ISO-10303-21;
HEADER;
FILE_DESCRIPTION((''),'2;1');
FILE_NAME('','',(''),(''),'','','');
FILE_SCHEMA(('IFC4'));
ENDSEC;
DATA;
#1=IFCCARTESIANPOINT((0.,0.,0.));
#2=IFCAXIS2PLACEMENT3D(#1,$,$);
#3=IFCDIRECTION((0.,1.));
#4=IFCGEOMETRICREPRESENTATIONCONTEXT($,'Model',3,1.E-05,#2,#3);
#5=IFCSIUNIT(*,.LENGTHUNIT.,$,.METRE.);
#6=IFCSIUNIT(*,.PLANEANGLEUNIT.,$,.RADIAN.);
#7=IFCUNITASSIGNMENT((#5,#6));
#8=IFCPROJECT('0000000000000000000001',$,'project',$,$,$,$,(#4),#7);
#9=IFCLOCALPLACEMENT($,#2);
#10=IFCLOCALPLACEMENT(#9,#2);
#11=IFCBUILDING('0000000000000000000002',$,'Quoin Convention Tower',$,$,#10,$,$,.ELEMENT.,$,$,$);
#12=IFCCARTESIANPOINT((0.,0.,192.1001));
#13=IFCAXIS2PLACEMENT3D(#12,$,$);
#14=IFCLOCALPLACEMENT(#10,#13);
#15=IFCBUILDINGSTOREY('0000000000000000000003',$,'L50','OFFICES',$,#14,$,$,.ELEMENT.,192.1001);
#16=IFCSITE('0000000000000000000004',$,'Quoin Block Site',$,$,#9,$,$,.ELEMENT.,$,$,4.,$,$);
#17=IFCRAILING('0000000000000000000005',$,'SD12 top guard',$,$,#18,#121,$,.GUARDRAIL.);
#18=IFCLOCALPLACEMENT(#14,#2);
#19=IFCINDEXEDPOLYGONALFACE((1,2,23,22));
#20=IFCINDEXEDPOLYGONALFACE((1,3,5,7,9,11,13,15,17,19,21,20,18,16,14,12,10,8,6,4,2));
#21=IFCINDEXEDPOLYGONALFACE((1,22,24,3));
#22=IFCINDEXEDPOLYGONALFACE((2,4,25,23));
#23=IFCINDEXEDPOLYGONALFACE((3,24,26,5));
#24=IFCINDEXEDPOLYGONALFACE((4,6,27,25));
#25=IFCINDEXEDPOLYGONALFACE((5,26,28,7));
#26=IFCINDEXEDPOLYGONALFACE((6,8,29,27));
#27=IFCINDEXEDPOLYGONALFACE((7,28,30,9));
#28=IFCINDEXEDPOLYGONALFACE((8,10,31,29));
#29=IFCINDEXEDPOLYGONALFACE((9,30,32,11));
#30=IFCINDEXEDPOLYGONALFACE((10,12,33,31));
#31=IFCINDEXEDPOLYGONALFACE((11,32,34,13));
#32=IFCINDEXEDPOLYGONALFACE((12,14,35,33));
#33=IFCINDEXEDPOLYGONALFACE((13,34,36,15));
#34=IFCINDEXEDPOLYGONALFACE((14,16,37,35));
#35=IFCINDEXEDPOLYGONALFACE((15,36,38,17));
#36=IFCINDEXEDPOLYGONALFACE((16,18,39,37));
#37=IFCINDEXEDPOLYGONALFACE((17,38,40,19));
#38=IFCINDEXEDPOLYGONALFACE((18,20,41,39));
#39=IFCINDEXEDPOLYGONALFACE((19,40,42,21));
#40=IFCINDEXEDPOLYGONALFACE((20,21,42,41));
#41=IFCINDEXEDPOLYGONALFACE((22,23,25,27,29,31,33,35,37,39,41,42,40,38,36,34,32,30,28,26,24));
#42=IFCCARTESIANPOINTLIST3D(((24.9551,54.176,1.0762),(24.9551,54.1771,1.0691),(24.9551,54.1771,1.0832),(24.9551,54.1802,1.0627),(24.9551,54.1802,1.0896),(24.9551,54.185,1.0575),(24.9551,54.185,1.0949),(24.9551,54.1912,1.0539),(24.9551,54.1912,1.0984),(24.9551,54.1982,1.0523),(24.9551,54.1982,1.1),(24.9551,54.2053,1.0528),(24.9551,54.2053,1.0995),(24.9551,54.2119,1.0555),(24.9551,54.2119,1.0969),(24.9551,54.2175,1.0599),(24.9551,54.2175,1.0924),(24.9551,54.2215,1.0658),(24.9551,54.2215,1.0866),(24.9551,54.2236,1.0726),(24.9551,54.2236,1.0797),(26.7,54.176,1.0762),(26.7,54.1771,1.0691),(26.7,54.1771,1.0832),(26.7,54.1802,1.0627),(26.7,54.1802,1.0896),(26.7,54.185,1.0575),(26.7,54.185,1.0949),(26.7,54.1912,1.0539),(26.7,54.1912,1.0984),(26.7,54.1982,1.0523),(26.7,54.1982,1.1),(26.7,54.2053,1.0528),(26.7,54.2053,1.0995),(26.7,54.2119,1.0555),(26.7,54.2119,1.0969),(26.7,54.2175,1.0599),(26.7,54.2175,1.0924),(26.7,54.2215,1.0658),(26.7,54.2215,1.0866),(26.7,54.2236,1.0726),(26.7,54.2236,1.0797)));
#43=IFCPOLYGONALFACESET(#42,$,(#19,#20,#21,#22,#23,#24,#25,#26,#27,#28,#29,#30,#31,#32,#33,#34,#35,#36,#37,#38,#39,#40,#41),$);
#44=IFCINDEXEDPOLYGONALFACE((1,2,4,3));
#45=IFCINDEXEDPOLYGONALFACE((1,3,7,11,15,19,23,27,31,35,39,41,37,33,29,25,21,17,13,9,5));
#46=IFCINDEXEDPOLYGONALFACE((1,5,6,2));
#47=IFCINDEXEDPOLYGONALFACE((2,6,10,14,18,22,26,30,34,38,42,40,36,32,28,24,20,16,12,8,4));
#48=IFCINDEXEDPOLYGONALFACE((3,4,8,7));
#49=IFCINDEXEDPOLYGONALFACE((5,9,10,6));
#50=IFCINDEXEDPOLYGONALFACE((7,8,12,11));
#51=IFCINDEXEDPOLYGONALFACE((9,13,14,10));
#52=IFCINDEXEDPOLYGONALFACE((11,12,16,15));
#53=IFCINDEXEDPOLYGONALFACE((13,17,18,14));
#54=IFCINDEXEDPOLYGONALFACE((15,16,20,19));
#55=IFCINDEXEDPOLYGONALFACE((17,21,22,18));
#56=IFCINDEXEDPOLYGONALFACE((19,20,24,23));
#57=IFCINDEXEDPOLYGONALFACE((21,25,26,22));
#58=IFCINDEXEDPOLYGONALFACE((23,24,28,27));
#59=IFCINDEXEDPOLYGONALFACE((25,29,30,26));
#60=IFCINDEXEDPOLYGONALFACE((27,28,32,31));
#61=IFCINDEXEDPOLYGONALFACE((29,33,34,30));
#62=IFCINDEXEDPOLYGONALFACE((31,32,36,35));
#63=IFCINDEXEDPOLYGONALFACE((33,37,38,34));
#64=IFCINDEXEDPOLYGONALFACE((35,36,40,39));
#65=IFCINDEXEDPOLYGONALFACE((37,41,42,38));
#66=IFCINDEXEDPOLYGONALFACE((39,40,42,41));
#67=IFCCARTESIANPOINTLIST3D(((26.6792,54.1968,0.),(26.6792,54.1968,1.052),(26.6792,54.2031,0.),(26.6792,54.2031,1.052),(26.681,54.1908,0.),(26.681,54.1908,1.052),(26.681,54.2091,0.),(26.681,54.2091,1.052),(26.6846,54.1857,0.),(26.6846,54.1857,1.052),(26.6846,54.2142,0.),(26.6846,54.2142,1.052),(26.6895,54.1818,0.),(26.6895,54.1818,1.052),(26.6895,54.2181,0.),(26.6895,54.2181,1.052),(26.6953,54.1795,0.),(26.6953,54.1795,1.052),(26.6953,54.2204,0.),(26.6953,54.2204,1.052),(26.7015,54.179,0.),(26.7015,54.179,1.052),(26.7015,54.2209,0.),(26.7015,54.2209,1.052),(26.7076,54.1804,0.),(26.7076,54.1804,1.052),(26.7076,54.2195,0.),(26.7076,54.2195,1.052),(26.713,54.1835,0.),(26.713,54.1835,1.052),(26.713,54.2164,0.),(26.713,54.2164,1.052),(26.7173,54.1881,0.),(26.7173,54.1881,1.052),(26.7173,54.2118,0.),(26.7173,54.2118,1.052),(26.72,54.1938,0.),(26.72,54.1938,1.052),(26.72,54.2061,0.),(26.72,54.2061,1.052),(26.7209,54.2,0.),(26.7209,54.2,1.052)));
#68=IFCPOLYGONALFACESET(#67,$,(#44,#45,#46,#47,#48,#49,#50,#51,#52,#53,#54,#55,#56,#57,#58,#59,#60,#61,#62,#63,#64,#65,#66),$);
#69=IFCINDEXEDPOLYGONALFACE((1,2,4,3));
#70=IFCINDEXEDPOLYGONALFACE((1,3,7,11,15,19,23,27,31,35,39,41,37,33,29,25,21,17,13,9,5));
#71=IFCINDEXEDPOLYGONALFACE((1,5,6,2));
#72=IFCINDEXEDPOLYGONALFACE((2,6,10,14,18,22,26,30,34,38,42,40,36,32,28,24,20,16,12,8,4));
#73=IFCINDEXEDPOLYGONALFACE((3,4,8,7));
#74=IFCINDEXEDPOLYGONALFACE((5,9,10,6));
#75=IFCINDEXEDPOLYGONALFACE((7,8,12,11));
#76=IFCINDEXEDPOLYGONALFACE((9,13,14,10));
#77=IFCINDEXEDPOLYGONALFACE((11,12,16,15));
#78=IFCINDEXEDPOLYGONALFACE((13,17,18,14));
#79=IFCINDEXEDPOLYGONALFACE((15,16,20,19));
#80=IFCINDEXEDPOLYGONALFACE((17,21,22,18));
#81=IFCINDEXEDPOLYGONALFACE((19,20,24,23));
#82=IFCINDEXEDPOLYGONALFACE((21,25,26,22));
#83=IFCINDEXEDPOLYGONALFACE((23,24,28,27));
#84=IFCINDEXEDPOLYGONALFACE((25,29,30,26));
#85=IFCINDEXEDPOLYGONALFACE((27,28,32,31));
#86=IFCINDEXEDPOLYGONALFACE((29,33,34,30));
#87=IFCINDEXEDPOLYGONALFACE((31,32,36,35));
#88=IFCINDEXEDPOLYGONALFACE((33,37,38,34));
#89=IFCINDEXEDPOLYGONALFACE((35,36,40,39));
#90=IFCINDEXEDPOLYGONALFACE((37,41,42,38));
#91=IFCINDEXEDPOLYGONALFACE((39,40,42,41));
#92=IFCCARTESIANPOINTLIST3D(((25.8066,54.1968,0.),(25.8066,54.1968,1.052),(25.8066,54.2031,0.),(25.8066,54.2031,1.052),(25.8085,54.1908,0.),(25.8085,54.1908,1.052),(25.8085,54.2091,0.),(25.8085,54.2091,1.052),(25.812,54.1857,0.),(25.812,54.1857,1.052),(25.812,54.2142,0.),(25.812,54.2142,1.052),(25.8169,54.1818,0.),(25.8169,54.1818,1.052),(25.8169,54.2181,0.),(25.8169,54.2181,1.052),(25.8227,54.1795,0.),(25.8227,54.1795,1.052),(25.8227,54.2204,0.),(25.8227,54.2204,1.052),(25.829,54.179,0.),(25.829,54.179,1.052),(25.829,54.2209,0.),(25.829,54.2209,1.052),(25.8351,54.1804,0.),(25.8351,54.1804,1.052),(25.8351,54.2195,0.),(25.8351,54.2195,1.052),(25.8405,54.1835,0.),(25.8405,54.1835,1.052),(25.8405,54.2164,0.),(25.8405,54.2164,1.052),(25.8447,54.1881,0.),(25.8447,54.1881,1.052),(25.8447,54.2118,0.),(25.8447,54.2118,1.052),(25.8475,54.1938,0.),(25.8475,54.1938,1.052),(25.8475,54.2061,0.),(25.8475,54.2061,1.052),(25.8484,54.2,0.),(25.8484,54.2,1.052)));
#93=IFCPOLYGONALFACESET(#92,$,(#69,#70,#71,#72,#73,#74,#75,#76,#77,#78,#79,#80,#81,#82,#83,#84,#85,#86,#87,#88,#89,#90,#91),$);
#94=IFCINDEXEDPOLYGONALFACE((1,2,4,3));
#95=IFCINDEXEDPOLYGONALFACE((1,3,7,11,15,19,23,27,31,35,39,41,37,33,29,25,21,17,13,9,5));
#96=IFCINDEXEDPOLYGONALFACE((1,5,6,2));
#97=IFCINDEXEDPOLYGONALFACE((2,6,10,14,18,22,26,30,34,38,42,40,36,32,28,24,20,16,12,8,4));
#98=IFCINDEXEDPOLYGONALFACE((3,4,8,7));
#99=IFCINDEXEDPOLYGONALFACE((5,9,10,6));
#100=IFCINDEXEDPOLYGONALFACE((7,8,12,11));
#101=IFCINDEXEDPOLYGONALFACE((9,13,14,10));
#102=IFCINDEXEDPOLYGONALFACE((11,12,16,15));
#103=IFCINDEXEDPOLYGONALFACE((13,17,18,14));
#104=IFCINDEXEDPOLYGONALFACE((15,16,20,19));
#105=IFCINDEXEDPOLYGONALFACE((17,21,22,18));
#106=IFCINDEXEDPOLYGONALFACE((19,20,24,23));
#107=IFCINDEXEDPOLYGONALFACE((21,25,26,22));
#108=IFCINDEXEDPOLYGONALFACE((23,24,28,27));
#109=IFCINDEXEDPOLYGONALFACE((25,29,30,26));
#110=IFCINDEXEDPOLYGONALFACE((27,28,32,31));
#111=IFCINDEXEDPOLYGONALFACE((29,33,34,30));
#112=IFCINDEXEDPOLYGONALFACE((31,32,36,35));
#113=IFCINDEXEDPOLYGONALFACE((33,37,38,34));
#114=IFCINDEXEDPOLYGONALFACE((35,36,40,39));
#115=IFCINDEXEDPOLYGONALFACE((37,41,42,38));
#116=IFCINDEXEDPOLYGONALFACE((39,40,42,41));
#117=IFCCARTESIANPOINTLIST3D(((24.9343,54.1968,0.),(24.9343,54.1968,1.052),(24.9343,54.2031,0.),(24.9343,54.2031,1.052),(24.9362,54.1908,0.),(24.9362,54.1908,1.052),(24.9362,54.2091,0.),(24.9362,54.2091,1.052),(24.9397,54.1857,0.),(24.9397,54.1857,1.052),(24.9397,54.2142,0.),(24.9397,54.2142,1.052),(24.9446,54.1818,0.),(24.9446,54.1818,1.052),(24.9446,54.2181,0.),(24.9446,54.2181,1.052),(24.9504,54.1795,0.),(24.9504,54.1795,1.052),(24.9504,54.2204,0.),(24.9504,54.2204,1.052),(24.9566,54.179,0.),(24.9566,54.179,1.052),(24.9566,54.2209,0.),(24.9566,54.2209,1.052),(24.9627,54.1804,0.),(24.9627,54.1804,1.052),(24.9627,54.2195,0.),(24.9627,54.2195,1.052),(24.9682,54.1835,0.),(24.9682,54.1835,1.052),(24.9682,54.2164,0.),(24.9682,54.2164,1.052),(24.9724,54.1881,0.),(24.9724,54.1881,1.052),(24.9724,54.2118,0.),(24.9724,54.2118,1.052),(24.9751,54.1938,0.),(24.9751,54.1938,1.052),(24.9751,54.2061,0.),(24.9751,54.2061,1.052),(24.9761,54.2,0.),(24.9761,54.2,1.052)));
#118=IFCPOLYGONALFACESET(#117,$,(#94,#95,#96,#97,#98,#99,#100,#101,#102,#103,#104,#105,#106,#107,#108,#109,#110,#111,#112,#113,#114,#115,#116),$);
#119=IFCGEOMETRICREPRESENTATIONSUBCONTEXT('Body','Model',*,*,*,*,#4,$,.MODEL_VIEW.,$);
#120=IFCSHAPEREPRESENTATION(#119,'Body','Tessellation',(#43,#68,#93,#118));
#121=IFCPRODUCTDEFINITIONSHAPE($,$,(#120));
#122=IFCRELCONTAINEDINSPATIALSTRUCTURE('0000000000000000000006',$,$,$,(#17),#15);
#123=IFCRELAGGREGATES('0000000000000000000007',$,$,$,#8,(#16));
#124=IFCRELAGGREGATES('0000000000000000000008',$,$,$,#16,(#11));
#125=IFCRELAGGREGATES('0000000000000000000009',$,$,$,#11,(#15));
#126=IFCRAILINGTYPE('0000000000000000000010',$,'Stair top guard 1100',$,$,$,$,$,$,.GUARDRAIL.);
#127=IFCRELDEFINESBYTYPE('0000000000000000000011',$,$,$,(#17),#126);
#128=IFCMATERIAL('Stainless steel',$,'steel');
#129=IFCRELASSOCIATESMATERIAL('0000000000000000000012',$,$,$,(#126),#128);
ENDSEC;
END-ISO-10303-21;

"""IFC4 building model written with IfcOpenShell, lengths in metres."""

from ifc_helpers import new_model, si_unit, direction, frame, origin, origin_2d, place, context, subcontext, project, spatial, circle, extrude, material, type_object, element, save


model = new_model("IFC4")

# Units and contexts
model_context = context("Model", 3, precision=1e-05, world=origin(), true_north=direction((0.0, 1.0)))
body_context = subcontext(model_context, "Body", "Model", "MODEL_VIEW")
ifc_project = project(units=[si_unit("LENGTHUNIT", "METRE"), si_unit("PLANEANGLEUNIT", "RADIAN")], contexts=[model_context])

# Site, building, storey
site_placement = place(None, origin())
site = spatial("IfcSite", under=ifc_project, at=site_placement, Name="Quoin Block Site", CompositionType="ELEMENT", RefElevation=4.0)
building_placement = place(site_placement, origin())
building = spatial("IfcBuilding", under=site, at=building_placement, Name="Quoin Convention Tower", CompositionType="ELEMENT")
storey_placement = place(building_placement, frame((0.0, 0.0, 192.1001)))
storey = spatial("IfcBuildingStorey", under=building, at=storey_placement, Name="L50", Description="OFFICES", CompositionType="ELEMENT", Elevation=192.1001)

# Railing
ifc_material_1 = material(Name="Stainless steel", Category="steel")
railing_type_1 = type_object("IfcRailingType", Name="Stair top guard 1100", PredefinedType="GUARDRAIL", material=ifc_material_1)
railing_1_placement = place(storey_placement, frame((26.7, 54.2, 0.0)))
element("IfcRailing", 1, at=railing_1_placement, inside=storey, type_object=railing_type_1, Name="SD12 top guard", PredefinedType="GUARDRAIL", context=body_context, shape_type="SweptSolid", body=[
    extrude(circle(Radius=0.0239, at=origin_2d()), frame((0.0, 0.0, 1.0762), z_axis=(-1.0, 0.0, 0.0), x_axis=(0.0, -1.0, 0.0)), (0.0, 0.0, 1.0), 1.7449),
    extrude(circle(Radius=0.021, at=origin_2d()), origin(), (0.0, 0.0, 1.0), 1.052),
    extrude(circle(Radius=0.021, at=origin_2d()), frame((-0.8726, 0.0, 0.0)), (0.0, 0.0, 1.0), 1.052),
    extrude(circle(Radius=0.021, at=origin_2d()), frame((-1.7449, 0.0, 0.0)), (0.0, 0.0, 1.0), 1.052),
])

save(model, "model.ifc")
